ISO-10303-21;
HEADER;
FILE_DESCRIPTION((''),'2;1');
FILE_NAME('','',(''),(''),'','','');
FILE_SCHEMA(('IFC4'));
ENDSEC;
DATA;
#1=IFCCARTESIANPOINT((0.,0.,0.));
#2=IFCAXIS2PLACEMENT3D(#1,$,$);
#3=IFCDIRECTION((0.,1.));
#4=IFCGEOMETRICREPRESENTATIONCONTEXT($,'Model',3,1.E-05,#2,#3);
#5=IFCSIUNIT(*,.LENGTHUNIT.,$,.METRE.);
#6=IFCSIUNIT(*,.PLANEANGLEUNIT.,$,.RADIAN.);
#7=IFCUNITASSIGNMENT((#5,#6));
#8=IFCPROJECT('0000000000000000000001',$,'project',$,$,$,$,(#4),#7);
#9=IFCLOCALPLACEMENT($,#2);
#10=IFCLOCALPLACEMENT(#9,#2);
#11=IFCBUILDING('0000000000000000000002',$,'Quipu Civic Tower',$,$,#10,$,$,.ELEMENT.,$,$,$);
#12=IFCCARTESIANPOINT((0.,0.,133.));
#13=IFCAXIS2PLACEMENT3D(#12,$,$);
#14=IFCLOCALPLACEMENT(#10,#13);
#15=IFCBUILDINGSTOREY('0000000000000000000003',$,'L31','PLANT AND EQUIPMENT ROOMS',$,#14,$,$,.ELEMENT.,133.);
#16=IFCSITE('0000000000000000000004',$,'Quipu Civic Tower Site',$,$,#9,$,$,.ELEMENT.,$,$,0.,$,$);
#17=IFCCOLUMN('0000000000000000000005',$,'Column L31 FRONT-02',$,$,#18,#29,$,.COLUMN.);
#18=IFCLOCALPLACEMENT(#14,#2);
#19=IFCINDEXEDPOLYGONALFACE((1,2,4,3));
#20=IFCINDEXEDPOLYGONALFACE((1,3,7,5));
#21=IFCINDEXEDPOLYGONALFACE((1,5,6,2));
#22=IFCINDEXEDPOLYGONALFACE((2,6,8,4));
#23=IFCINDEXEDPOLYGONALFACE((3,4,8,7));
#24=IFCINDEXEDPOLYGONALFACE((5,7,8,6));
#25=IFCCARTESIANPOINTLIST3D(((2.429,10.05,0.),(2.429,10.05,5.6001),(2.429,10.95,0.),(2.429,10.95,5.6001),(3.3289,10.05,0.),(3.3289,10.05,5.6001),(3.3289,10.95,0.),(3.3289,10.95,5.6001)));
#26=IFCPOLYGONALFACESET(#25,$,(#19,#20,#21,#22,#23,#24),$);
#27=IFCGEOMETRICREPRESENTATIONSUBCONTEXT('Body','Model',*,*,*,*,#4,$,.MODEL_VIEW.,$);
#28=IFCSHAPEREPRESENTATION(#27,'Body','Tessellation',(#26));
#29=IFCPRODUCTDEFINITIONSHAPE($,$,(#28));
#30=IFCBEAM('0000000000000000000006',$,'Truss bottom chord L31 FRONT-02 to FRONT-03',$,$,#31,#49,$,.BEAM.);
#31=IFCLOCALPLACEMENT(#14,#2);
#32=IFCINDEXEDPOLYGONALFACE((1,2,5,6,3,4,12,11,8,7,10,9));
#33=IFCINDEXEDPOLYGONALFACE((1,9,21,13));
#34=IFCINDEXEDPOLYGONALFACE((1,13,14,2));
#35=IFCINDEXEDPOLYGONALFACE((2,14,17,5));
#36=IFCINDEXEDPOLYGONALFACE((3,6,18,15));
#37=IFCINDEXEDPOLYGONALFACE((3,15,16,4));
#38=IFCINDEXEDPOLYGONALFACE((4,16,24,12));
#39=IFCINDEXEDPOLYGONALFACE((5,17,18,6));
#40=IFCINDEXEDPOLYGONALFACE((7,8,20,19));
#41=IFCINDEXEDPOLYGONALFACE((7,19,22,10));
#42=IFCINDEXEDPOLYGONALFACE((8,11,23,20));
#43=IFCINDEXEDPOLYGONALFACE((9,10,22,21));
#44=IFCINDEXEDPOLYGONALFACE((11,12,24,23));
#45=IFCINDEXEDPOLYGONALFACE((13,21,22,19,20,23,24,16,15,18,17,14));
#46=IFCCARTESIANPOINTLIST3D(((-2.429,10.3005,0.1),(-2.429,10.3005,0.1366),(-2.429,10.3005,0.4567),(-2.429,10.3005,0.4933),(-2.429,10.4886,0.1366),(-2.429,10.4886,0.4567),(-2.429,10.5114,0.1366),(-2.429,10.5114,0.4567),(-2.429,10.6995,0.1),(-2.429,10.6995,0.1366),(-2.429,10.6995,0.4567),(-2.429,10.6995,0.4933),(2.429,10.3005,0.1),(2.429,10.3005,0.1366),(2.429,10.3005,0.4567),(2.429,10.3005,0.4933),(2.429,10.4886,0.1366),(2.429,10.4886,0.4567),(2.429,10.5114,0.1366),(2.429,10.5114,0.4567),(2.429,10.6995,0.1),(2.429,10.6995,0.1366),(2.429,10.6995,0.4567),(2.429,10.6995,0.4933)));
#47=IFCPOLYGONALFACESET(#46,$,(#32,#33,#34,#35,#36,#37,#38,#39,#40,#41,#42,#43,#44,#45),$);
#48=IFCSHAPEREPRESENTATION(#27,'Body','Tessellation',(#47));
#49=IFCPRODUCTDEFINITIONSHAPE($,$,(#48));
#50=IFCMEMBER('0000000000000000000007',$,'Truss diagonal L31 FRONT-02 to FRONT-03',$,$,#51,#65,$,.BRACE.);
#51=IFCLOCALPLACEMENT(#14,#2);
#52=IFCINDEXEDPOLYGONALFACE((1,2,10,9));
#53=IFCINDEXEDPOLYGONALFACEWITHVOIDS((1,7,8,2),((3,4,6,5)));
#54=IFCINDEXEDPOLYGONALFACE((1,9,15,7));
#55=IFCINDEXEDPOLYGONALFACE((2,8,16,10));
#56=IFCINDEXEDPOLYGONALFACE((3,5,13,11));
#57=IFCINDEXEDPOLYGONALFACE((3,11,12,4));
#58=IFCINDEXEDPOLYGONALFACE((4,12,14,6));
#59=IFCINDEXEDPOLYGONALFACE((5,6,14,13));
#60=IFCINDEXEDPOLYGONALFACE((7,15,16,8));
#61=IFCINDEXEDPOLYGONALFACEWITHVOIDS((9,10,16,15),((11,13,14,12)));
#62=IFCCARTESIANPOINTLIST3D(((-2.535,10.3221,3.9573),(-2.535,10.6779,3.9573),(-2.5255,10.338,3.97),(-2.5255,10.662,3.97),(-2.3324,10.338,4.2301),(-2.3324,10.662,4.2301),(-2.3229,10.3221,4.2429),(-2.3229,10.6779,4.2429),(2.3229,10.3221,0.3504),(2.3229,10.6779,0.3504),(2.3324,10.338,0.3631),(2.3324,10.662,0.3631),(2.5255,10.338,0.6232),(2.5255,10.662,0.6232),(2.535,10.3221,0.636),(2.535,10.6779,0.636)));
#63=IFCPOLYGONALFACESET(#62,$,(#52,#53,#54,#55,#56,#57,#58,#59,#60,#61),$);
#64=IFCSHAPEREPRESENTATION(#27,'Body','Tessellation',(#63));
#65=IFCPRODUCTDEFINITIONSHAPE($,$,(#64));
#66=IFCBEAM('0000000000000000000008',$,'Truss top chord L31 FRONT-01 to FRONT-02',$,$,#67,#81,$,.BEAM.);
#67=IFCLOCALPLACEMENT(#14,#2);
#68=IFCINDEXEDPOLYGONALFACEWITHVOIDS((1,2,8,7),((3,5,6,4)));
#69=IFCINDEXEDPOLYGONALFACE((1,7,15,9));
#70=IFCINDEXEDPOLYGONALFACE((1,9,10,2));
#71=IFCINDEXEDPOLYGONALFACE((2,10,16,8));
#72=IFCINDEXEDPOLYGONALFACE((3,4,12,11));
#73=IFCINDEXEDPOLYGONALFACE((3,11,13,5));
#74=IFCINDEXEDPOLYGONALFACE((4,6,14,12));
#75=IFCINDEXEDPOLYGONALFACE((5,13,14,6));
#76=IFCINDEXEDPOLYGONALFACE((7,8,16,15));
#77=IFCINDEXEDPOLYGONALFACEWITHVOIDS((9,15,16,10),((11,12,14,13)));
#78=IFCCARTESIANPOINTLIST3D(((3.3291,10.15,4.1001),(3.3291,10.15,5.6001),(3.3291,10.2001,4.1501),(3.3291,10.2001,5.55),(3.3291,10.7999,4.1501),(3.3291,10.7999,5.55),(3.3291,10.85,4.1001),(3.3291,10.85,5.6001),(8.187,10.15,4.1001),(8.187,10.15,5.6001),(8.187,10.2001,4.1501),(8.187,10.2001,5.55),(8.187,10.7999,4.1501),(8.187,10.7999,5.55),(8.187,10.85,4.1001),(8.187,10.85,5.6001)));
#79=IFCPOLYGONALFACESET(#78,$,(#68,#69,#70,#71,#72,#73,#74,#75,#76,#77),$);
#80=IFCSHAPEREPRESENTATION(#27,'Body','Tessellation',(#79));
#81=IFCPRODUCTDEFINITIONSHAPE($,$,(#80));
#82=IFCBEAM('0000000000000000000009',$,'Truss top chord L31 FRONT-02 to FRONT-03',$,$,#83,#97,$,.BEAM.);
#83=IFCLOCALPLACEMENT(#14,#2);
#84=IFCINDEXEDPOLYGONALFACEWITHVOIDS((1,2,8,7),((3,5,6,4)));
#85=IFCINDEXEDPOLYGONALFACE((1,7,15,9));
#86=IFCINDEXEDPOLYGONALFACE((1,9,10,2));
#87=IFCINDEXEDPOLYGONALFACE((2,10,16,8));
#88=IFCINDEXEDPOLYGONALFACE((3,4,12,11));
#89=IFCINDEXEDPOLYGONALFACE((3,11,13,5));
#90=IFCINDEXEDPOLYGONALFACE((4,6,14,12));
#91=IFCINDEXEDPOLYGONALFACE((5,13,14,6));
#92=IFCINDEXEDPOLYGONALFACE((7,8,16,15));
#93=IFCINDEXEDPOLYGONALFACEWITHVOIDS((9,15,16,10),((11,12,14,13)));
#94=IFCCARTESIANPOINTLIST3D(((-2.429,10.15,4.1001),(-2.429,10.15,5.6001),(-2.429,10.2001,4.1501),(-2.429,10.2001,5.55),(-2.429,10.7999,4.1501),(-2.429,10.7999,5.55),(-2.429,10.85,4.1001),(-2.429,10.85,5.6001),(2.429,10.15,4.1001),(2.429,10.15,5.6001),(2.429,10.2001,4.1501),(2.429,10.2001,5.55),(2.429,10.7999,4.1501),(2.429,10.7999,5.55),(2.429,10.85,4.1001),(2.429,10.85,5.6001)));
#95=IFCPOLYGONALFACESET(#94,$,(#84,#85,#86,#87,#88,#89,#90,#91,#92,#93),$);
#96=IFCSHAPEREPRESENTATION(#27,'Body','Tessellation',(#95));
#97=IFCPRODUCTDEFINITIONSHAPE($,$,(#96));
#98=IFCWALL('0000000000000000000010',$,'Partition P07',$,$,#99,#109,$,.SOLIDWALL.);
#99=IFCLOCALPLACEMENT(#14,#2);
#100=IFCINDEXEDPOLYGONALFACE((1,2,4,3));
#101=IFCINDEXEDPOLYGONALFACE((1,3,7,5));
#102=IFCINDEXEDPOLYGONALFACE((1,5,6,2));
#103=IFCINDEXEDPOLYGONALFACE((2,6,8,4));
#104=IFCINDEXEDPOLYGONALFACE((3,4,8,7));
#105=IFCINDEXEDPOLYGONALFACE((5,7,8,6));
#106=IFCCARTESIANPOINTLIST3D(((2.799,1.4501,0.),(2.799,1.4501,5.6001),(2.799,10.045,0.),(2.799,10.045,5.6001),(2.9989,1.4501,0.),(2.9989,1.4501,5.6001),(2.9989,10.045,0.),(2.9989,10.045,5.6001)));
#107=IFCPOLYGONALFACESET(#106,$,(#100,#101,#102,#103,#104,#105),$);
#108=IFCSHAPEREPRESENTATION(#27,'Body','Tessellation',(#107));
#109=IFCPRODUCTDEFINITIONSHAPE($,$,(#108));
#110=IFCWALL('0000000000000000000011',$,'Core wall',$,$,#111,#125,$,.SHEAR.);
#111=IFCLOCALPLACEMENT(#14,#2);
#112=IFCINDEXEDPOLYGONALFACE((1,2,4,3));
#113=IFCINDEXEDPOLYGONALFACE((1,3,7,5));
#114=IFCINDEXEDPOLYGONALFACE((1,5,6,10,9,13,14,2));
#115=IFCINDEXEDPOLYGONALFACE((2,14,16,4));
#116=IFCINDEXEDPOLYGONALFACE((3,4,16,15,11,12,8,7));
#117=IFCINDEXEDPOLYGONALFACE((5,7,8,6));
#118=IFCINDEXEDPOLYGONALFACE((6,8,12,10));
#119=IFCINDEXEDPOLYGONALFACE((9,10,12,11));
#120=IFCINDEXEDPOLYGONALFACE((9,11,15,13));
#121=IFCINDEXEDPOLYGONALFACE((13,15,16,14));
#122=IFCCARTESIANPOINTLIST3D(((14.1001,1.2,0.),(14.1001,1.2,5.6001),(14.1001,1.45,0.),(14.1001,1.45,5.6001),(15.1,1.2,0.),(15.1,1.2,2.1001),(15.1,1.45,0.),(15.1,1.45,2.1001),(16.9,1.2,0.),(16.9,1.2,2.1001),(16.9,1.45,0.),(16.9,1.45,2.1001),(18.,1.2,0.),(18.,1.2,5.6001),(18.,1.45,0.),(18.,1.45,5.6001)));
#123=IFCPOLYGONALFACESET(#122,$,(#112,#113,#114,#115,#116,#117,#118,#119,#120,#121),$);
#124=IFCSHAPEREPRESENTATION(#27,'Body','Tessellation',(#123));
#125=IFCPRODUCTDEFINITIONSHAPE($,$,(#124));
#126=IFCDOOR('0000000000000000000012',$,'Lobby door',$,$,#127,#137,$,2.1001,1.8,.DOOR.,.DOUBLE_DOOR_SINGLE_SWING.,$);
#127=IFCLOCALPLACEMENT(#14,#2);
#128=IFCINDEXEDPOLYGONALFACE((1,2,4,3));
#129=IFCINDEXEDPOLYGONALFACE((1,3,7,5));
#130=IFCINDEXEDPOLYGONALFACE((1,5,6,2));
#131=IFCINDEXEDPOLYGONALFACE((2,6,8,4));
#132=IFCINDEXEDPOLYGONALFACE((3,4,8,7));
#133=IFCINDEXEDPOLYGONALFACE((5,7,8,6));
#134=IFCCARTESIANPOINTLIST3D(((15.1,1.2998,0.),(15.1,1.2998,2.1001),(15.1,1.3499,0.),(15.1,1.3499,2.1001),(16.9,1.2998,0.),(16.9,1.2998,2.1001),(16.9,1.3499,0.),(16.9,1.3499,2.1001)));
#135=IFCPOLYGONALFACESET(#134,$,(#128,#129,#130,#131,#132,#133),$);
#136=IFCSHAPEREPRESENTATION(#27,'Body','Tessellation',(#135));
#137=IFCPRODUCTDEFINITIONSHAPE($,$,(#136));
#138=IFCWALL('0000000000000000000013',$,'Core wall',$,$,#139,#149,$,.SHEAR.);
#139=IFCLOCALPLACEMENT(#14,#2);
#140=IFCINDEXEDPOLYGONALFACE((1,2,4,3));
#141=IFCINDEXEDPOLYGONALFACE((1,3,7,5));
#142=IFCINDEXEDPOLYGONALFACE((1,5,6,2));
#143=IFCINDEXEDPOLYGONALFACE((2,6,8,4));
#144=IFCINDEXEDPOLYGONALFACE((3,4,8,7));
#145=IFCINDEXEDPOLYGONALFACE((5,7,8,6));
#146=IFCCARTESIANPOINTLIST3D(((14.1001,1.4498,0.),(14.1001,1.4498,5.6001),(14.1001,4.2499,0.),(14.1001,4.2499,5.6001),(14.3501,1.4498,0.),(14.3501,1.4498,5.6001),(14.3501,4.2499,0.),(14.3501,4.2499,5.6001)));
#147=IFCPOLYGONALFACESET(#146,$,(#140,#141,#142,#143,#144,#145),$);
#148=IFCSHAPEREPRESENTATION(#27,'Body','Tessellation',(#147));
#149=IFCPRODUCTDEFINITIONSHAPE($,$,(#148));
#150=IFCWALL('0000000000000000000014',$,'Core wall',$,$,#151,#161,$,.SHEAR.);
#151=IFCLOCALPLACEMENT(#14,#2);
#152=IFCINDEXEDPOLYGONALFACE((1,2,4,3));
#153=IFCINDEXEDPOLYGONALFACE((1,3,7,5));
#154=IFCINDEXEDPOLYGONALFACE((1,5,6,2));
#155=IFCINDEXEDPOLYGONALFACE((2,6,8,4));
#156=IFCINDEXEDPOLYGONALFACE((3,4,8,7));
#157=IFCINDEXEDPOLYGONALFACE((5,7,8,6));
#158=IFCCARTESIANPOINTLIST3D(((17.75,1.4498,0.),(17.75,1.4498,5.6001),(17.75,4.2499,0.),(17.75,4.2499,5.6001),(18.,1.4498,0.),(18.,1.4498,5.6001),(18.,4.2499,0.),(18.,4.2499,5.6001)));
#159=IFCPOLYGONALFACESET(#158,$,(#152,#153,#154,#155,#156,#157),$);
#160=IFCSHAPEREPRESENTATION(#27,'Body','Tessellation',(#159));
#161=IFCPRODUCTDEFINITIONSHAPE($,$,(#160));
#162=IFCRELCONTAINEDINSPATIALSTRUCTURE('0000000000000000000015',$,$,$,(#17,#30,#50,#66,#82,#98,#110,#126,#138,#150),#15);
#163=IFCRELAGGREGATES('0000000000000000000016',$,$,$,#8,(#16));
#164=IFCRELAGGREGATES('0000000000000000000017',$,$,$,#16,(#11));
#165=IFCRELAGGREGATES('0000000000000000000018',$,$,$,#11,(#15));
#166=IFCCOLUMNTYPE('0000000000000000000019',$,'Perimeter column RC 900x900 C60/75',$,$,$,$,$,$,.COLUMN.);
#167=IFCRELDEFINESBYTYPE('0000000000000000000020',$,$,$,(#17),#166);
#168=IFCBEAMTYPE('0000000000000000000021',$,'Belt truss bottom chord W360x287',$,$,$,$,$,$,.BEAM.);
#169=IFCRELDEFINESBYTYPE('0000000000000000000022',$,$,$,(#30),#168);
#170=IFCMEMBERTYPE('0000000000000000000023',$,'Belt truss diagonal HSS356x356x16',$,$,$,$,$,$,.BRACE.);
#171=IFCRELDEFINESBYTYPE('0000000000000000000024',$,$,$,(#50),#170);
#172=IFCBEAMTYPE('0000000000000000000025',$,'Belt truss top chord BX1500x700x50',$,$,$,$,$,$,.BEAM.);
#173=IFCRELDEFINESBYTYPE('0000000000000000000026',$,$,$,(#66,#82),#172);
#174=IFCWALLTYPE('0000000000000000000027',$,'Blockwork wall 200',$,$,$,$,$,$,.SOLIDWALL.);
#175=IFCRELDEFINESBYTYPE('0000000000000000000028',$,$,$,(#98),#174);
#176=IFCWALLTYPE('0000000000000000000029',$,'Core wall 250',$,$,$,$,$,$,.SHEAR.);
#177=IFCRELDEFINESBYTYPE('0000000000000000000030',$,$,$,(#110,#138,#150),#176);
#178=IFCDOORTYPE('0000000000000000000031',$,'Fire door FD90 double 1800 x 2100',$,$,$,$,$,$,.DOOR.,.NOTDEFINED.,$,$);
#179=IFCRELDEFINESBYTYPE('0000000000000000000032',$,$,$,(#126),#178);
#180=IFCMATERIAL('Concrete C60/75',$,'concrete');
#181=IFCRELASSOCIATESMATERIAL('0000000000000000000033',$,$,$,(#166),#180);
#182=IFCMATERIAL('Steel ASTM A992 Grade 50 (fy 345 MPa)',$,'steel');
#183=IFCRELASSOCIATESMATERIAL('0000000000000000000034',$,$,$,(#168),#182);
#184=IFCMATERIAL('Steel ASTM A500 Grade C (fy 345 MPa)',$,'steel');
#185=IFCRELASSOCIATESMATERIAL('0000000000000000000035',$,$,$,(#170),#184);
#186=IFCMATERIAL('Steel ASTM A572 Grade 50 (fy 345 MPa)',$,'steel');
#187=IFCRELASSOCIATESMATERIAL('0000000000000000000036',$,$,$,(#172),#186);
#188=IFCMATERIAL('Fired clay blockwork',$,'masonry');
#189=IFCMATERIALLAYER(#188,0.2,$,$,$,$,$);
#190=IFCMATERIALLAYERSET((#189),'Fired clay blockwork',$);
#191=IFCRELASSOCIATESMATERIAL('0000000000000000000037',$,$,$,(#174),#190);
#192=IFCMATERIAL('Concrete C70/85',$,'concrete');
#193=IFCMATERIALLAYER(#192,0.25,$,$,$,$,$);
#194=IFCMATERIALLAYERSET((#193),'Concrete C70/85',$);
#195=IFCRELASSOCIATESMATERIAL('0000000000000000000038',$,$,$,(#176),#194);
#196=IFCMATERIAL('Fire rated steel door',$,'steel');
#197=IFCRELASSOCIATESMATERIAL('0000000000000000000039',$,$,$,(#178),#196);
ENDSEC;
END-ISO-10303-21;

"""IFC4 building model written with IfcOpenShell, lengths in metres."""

from ifc_helpers import new_model, si_unit, direction, frame, frame_2d, origin, origin_2d, place, context, subcontext, project, spatial, rectangle, hollow_rectangle, i_section, extrude, material, layer, layer_set, material_profile, profile_set, type_object, element, fill, save


model = new_model("IFC4")

# Units and contexts
model_context = context("Model", 3, precision=1e-05, world=origin(), true_north=direction((0.0, 1.0)))
body_context = subcontext(model_context, "Body", "Model", "MODEL_VIEW")
ifc_project = project(units=[si_unit("LENGTHUNIT", "METRE"), si_unit("PLANEANGLEUNIT", "RADIAN")], contexts=[model_context])

# Site, building, storey
site_placement = place(None, origin())
site = spatial("IfcSite", under=ifc_project, at=site_placement, Name="Quipu Civic Tower Site", CompositionType="ELEMENT", RefElevation=0.0)
building_placement = place(site_placement, origin())
building = spatial("IfcBuilding", under=site, at=building_placement, Name="Quipu Civic Tower", CompositionType="ELEMENT")
storey_placement = place(building_placement, frame((0.0, 0.0, 133.0)))
storey = spatial("IfcBuildingStorey", under=building, at=storey_placement, Name="L31", Description="PLANT AND EQUIPMENT ROOMS", CompositionType="ELEMENT", Elevation=133.0)

# Column
ifc_material_1 = material(Name="Concrete C60/75", Category="concrete")
ifc_material_profile_1 = material_profile(ifc_material_1, rectangle(XDim=0.8999, YDim=0.8999, at=origin_2d()), Name="RC900x900")
ifc_profile_set_1 = profile_set([ifc_material_profile_1], Name="Concrete C60/75")
column_type = type_object("IfcColumnType", Name="Perimeter column RC 900x900 C60/75", PredefinedType="COLUMN", material=ifc_profile_set_1)
column_placement = place(storey_placement, frame((2.8789, 10.5, 0.0), z_axis=(0.0, 0.0, 1.0), x_axis=(-1.0, 0.0, 0.0)))
element("IfcColumn", 1, at=column_placement, inside=storey, type_object=column_type, Name="Column L31 FRONT-02", PredefinedType="COLUMN", context=body_context, shape_type="SweptSolid", body=[
    extrude(rectangle(XDim=0.8999, YDim=0.8999, at=origin_2d()), origin(), (0.0, 0.0, 1.0), 5.6001),
])

# Beam
ifc_material_2 = material(Name="Steel ASTM A992 Grade 50 (fy 345 MPa)", Category="steel")
ifc_material_profile_2 = material_profile(ifc_material_2, i_section(OverallWidth=0.3989, OverallDepth=0.3933, WebThickness=0.0227, FlangeThickness=0.0366, at=origin_2d()), Name="W360x287")
ifc_profile_set_2 = profile_set([ifc_material_profile_2], Name="Steel ASTM A992 Grade 50 (fy 345 MPa)")
beam_type_1 = type_object("IfcBeamType", Name="Belt truss bottom chord W360x287", PredefinedType="BEAM", material=ifc_profile_set_2)
beam_placement = place(storey_placement, frame((2.429, 10.5, 0.2966), z_axis=(-1.0, 0.0, 0.0), x_axis=(0.0, -1.0, 0.0)))
element("IfcBeam", 2, at=beam_placement, inside=storey, type_object=beam_type_1, Name="Truss bottom chord L31 FRONT-02 to FRONT-03", PredefinedType="BEAM", context=body_context, shape_type="SweptSolid", body=[
    extrude(i_section(OverallWidth=0.3989, OverallDepth=0.3933, WebThickness=0.0227, FlangeThickness=0.0366, at=origin_2d()), origin(), (0.0, 0.0, 1.0), 4.8579),
])

# Member
ifc_material_3 = material(Name="Steel ASTM A500 Grade C (fy 345 MPa)", Category="steel")
ifc_material_profile_3 = material_profile(ifc_material_3, hollow_rectangle(XDim=0.3557, YDim=0.3557, WallThickness=0.0159, at=origin_2d()), Name="HSS356x356x16")
ifc_profile_set_3 = profile_set([ifc_material_profile_3], Name="Steel ASTM A500 Grade C (fy 345 MPa)")
member_type = type_object("IfcMemberType", Name="Belt truss diagonal HSS356x356x16", PredefinedType="BRACE", material=ifc_profile_set_3)
member_placement = place(storey_placement, frame((2.429, 10.5, 0.4932), z_axis=(-0.802886, 0.0, 0.596132), x_axis=(0.0, -1.0, 0.0)))
element("IfcMember", 3, at=member_placement, inside=storey, type_object=member_type, Name="Truss diagonal L31 FRONT-02 to FRONT-03", PredefinedType="BRACE", context=body_context, shape_type="SweptSolid", body=[
    extrude(hollow_rectangle(XDim=0.3557, YDim=0.3557, WallThickness=0.0159, at=origin_2d()), origin(), (0.0, 0.0, 1.0), 6.0505),
])

# Beams
ifc_material_4 = material(Name="Steel ASTM A572 Grade 50 (fy 345 MPa)", Category="steel")
ifc_material_profile_4 = material_profile(ifc_material_4, hollow_rectangle(XDim=0.7, YDim=1.5, WallThickness=0.05, at=origin_2d()), Name="BX1500x700x50")
ifc_profile_set_4 = profile_set([ifc_material_profile_4], Name="Steel ASTM A572 Grade 50 (fy 345 MPa)")
beam_type_2 = type_object("IfcBeamType", Name="Belt truss top chord BX1500x700x50", PredefinedType="BEAM", material=ifc_profile_set_4)
for number, where, z_axis, x_axis, name in (
    (4, (8.187, 10.5, 4.8501), (-1.0, 0.0, 0.0), (0.0, -1.0, 0.0), "Truss top chord L31 FRONT-01 to FRONT-02"),
    (5, (2.429, 10.5, 4.8501), (-1.0, 0.0, 0.0), (0.0, -1.0, 0.0), "Truss top chord L31 FRONT-02 to FRONT-03"),
):
    element("IfcBeam", number, at=place(storey_placement, frame(where, z_axis=z_axis, x_axis=x_axis)), inside=storey, type_object=beam_type_2, Name=name, PredefinedType="BEAM", context=body_context, shape_type="SweptSolid", body=[
        extrude(hollow_rectangle(XDim=0.7, YDim=1.5, WallThickness=0.05, at=origin_2d()), origin(), (0.0, 0.0, 1.0), 4.8579),
    ])

# Wall
ifc_material_5 = material(Name="Fired clay blockwork", Category="masonry")
ifc_layer_1 = layer(ifc_material_5, 0.2)
ifc_layer_set_1 = layer_set([ifc_layer_1], Name="Fired clay blockwork")
wall_type_1 = type_object("IfcWallType", Name="Blockwork wall 200", PredefinedType="SOLIDWALL", material=ifc_layer_set_1)
wall_1_placement = place(storey_placement, frame((2.8989, 10.0449, 0.0), z_axis=(0.0, 0.0, 1.0), x_axis=(0.0, -1.0, 0.0)))
element("IfcWall", 6, at=wall_1_placement, inside=storey, type_object=wall_type_1, Name="Partition P07", PredefinedType="SOLIDWALL", context=body_context, shape_type="SweptSolid", body=[
    extrude(rectangle(XDim=8.595, YDim=0.2, at=frame_2d((4.2974, 0.0))), origin(), (0.0, 0.0, 1.0), 5.6001),
])

# Wall, opening, door
ifc_material_6 = material(Name="Concrete C70/85", Category="concrete")
ifc_layer_2 = layer(ifc_material_6, 0.25)
ifc_layer_set_2 = layer_set([ifc_layer_2], Name="Concrete C70/85")
wall_type_2 = type_object("IfcWallType", Name="Core wall 250", PredefinedType="SHEAR", material=ifc_layer_set_2)
wall_2_placement = place(storey_placement, frame((14.1001, 1.325, 0.0), z_axis=(0.0, 0.0, 1.0), x_axis=(1.0, 0.0, 0.0)))
wall_2 = element("IfcWall", 7, at=wall_2_placement, inside=storey, type_object=wall_type_2, Name="Core wall", PredefinedType="SHEAR", context=body_context, shape_type="SweptSolid", body=[
    extrude(rectangle(XDim=3.8999, YDim=0.25, at=frame_2d((1.95, 0.0))), origin(), (0.0, 0.0, 1.0), 5.6001),
])
opening_1_placement = place(wall_2_placement, frame((1.0, 0.0, 0.0)))
opening_1 = element("IfcOpeningElement", 8, at=opening_1_placement, cuts=wall_2, PredefinedType="OPENING", context=body_context, shape_type="SweptSolid", body=[
    extrude(rectangle(XDim=1.8, YDim=2.1001, at=frame_2d((0.8999, 1.05))), frame((0.0, 0.135, 0.0), z_axis=(0.0, -1.0, 0.0), x_axis=(1.0, 0.0, 0.0)), (0.0, 0.0, 1.0), 0.27),
])
ifc_material_7 = material(Name="Fire rated steel door", Category="steel")
door_type = type_object("IfcDoorType", Name="Fire door FD90 double 1800 x 2100", OperationType="NOTDEFINED", PredefinedType="DOOR", material=ifc_material_7)
door_1_placement = place(opening_1_placement, origin())
door_1 = element("IfcDoor", 9, at=door_1_placement, inside=storey, type_object=door_type, Name="Lobby door", OperationType="DOUBLE_DOOR_SINGLE_SWING", OverallHeight=2.1001, OverallWidth=1.8, PredefinedType="DOOR", context=body_context, shape_type="SweptSolid", body=[
    extrude(rectangle(XDim=1.8, YDim=2.1001, at=frame_2d((0.8999, 1.05))), frame((0.0, 0.0249, 0.0), z_axis=(0.0, -1.0, 0.0), x_axis=(1.0, 0.0, 0.0)), (0.0, 0.0, 1.0), 0.05),
])
fill(opening_1, door_1)

# Walls
for number, where, z_axis, x_axis, name in (
    (10, (14.2251, 1.45, 0.0), (0.0, 0.0, 1.0), (0.0, 1.0, 0.0), "Core wall"),
    (11, (17.875, 1.45, 0.0), (0.0, 0.0, 1.0), (0.0, 1.0, 0.0), "Core wall"),
):
    element("IfcWall", number, at=place(storey_placement, frame(where, z_axis=z_axis, x_axis=x_axis)), inside=storey, type_object=wall_type_2, Name=name, PredefinedType="SHEAR", context=body_context, shape_type="SweptSolid", body=[
        extrude(rectangle(XDim=2.8, YDim=0.25, at=frame_2d((1.3999, 0.0))), origin(), (0.0, 0.0, 1.0), 5.6001),
    ])

save(model, "model.ifc")
